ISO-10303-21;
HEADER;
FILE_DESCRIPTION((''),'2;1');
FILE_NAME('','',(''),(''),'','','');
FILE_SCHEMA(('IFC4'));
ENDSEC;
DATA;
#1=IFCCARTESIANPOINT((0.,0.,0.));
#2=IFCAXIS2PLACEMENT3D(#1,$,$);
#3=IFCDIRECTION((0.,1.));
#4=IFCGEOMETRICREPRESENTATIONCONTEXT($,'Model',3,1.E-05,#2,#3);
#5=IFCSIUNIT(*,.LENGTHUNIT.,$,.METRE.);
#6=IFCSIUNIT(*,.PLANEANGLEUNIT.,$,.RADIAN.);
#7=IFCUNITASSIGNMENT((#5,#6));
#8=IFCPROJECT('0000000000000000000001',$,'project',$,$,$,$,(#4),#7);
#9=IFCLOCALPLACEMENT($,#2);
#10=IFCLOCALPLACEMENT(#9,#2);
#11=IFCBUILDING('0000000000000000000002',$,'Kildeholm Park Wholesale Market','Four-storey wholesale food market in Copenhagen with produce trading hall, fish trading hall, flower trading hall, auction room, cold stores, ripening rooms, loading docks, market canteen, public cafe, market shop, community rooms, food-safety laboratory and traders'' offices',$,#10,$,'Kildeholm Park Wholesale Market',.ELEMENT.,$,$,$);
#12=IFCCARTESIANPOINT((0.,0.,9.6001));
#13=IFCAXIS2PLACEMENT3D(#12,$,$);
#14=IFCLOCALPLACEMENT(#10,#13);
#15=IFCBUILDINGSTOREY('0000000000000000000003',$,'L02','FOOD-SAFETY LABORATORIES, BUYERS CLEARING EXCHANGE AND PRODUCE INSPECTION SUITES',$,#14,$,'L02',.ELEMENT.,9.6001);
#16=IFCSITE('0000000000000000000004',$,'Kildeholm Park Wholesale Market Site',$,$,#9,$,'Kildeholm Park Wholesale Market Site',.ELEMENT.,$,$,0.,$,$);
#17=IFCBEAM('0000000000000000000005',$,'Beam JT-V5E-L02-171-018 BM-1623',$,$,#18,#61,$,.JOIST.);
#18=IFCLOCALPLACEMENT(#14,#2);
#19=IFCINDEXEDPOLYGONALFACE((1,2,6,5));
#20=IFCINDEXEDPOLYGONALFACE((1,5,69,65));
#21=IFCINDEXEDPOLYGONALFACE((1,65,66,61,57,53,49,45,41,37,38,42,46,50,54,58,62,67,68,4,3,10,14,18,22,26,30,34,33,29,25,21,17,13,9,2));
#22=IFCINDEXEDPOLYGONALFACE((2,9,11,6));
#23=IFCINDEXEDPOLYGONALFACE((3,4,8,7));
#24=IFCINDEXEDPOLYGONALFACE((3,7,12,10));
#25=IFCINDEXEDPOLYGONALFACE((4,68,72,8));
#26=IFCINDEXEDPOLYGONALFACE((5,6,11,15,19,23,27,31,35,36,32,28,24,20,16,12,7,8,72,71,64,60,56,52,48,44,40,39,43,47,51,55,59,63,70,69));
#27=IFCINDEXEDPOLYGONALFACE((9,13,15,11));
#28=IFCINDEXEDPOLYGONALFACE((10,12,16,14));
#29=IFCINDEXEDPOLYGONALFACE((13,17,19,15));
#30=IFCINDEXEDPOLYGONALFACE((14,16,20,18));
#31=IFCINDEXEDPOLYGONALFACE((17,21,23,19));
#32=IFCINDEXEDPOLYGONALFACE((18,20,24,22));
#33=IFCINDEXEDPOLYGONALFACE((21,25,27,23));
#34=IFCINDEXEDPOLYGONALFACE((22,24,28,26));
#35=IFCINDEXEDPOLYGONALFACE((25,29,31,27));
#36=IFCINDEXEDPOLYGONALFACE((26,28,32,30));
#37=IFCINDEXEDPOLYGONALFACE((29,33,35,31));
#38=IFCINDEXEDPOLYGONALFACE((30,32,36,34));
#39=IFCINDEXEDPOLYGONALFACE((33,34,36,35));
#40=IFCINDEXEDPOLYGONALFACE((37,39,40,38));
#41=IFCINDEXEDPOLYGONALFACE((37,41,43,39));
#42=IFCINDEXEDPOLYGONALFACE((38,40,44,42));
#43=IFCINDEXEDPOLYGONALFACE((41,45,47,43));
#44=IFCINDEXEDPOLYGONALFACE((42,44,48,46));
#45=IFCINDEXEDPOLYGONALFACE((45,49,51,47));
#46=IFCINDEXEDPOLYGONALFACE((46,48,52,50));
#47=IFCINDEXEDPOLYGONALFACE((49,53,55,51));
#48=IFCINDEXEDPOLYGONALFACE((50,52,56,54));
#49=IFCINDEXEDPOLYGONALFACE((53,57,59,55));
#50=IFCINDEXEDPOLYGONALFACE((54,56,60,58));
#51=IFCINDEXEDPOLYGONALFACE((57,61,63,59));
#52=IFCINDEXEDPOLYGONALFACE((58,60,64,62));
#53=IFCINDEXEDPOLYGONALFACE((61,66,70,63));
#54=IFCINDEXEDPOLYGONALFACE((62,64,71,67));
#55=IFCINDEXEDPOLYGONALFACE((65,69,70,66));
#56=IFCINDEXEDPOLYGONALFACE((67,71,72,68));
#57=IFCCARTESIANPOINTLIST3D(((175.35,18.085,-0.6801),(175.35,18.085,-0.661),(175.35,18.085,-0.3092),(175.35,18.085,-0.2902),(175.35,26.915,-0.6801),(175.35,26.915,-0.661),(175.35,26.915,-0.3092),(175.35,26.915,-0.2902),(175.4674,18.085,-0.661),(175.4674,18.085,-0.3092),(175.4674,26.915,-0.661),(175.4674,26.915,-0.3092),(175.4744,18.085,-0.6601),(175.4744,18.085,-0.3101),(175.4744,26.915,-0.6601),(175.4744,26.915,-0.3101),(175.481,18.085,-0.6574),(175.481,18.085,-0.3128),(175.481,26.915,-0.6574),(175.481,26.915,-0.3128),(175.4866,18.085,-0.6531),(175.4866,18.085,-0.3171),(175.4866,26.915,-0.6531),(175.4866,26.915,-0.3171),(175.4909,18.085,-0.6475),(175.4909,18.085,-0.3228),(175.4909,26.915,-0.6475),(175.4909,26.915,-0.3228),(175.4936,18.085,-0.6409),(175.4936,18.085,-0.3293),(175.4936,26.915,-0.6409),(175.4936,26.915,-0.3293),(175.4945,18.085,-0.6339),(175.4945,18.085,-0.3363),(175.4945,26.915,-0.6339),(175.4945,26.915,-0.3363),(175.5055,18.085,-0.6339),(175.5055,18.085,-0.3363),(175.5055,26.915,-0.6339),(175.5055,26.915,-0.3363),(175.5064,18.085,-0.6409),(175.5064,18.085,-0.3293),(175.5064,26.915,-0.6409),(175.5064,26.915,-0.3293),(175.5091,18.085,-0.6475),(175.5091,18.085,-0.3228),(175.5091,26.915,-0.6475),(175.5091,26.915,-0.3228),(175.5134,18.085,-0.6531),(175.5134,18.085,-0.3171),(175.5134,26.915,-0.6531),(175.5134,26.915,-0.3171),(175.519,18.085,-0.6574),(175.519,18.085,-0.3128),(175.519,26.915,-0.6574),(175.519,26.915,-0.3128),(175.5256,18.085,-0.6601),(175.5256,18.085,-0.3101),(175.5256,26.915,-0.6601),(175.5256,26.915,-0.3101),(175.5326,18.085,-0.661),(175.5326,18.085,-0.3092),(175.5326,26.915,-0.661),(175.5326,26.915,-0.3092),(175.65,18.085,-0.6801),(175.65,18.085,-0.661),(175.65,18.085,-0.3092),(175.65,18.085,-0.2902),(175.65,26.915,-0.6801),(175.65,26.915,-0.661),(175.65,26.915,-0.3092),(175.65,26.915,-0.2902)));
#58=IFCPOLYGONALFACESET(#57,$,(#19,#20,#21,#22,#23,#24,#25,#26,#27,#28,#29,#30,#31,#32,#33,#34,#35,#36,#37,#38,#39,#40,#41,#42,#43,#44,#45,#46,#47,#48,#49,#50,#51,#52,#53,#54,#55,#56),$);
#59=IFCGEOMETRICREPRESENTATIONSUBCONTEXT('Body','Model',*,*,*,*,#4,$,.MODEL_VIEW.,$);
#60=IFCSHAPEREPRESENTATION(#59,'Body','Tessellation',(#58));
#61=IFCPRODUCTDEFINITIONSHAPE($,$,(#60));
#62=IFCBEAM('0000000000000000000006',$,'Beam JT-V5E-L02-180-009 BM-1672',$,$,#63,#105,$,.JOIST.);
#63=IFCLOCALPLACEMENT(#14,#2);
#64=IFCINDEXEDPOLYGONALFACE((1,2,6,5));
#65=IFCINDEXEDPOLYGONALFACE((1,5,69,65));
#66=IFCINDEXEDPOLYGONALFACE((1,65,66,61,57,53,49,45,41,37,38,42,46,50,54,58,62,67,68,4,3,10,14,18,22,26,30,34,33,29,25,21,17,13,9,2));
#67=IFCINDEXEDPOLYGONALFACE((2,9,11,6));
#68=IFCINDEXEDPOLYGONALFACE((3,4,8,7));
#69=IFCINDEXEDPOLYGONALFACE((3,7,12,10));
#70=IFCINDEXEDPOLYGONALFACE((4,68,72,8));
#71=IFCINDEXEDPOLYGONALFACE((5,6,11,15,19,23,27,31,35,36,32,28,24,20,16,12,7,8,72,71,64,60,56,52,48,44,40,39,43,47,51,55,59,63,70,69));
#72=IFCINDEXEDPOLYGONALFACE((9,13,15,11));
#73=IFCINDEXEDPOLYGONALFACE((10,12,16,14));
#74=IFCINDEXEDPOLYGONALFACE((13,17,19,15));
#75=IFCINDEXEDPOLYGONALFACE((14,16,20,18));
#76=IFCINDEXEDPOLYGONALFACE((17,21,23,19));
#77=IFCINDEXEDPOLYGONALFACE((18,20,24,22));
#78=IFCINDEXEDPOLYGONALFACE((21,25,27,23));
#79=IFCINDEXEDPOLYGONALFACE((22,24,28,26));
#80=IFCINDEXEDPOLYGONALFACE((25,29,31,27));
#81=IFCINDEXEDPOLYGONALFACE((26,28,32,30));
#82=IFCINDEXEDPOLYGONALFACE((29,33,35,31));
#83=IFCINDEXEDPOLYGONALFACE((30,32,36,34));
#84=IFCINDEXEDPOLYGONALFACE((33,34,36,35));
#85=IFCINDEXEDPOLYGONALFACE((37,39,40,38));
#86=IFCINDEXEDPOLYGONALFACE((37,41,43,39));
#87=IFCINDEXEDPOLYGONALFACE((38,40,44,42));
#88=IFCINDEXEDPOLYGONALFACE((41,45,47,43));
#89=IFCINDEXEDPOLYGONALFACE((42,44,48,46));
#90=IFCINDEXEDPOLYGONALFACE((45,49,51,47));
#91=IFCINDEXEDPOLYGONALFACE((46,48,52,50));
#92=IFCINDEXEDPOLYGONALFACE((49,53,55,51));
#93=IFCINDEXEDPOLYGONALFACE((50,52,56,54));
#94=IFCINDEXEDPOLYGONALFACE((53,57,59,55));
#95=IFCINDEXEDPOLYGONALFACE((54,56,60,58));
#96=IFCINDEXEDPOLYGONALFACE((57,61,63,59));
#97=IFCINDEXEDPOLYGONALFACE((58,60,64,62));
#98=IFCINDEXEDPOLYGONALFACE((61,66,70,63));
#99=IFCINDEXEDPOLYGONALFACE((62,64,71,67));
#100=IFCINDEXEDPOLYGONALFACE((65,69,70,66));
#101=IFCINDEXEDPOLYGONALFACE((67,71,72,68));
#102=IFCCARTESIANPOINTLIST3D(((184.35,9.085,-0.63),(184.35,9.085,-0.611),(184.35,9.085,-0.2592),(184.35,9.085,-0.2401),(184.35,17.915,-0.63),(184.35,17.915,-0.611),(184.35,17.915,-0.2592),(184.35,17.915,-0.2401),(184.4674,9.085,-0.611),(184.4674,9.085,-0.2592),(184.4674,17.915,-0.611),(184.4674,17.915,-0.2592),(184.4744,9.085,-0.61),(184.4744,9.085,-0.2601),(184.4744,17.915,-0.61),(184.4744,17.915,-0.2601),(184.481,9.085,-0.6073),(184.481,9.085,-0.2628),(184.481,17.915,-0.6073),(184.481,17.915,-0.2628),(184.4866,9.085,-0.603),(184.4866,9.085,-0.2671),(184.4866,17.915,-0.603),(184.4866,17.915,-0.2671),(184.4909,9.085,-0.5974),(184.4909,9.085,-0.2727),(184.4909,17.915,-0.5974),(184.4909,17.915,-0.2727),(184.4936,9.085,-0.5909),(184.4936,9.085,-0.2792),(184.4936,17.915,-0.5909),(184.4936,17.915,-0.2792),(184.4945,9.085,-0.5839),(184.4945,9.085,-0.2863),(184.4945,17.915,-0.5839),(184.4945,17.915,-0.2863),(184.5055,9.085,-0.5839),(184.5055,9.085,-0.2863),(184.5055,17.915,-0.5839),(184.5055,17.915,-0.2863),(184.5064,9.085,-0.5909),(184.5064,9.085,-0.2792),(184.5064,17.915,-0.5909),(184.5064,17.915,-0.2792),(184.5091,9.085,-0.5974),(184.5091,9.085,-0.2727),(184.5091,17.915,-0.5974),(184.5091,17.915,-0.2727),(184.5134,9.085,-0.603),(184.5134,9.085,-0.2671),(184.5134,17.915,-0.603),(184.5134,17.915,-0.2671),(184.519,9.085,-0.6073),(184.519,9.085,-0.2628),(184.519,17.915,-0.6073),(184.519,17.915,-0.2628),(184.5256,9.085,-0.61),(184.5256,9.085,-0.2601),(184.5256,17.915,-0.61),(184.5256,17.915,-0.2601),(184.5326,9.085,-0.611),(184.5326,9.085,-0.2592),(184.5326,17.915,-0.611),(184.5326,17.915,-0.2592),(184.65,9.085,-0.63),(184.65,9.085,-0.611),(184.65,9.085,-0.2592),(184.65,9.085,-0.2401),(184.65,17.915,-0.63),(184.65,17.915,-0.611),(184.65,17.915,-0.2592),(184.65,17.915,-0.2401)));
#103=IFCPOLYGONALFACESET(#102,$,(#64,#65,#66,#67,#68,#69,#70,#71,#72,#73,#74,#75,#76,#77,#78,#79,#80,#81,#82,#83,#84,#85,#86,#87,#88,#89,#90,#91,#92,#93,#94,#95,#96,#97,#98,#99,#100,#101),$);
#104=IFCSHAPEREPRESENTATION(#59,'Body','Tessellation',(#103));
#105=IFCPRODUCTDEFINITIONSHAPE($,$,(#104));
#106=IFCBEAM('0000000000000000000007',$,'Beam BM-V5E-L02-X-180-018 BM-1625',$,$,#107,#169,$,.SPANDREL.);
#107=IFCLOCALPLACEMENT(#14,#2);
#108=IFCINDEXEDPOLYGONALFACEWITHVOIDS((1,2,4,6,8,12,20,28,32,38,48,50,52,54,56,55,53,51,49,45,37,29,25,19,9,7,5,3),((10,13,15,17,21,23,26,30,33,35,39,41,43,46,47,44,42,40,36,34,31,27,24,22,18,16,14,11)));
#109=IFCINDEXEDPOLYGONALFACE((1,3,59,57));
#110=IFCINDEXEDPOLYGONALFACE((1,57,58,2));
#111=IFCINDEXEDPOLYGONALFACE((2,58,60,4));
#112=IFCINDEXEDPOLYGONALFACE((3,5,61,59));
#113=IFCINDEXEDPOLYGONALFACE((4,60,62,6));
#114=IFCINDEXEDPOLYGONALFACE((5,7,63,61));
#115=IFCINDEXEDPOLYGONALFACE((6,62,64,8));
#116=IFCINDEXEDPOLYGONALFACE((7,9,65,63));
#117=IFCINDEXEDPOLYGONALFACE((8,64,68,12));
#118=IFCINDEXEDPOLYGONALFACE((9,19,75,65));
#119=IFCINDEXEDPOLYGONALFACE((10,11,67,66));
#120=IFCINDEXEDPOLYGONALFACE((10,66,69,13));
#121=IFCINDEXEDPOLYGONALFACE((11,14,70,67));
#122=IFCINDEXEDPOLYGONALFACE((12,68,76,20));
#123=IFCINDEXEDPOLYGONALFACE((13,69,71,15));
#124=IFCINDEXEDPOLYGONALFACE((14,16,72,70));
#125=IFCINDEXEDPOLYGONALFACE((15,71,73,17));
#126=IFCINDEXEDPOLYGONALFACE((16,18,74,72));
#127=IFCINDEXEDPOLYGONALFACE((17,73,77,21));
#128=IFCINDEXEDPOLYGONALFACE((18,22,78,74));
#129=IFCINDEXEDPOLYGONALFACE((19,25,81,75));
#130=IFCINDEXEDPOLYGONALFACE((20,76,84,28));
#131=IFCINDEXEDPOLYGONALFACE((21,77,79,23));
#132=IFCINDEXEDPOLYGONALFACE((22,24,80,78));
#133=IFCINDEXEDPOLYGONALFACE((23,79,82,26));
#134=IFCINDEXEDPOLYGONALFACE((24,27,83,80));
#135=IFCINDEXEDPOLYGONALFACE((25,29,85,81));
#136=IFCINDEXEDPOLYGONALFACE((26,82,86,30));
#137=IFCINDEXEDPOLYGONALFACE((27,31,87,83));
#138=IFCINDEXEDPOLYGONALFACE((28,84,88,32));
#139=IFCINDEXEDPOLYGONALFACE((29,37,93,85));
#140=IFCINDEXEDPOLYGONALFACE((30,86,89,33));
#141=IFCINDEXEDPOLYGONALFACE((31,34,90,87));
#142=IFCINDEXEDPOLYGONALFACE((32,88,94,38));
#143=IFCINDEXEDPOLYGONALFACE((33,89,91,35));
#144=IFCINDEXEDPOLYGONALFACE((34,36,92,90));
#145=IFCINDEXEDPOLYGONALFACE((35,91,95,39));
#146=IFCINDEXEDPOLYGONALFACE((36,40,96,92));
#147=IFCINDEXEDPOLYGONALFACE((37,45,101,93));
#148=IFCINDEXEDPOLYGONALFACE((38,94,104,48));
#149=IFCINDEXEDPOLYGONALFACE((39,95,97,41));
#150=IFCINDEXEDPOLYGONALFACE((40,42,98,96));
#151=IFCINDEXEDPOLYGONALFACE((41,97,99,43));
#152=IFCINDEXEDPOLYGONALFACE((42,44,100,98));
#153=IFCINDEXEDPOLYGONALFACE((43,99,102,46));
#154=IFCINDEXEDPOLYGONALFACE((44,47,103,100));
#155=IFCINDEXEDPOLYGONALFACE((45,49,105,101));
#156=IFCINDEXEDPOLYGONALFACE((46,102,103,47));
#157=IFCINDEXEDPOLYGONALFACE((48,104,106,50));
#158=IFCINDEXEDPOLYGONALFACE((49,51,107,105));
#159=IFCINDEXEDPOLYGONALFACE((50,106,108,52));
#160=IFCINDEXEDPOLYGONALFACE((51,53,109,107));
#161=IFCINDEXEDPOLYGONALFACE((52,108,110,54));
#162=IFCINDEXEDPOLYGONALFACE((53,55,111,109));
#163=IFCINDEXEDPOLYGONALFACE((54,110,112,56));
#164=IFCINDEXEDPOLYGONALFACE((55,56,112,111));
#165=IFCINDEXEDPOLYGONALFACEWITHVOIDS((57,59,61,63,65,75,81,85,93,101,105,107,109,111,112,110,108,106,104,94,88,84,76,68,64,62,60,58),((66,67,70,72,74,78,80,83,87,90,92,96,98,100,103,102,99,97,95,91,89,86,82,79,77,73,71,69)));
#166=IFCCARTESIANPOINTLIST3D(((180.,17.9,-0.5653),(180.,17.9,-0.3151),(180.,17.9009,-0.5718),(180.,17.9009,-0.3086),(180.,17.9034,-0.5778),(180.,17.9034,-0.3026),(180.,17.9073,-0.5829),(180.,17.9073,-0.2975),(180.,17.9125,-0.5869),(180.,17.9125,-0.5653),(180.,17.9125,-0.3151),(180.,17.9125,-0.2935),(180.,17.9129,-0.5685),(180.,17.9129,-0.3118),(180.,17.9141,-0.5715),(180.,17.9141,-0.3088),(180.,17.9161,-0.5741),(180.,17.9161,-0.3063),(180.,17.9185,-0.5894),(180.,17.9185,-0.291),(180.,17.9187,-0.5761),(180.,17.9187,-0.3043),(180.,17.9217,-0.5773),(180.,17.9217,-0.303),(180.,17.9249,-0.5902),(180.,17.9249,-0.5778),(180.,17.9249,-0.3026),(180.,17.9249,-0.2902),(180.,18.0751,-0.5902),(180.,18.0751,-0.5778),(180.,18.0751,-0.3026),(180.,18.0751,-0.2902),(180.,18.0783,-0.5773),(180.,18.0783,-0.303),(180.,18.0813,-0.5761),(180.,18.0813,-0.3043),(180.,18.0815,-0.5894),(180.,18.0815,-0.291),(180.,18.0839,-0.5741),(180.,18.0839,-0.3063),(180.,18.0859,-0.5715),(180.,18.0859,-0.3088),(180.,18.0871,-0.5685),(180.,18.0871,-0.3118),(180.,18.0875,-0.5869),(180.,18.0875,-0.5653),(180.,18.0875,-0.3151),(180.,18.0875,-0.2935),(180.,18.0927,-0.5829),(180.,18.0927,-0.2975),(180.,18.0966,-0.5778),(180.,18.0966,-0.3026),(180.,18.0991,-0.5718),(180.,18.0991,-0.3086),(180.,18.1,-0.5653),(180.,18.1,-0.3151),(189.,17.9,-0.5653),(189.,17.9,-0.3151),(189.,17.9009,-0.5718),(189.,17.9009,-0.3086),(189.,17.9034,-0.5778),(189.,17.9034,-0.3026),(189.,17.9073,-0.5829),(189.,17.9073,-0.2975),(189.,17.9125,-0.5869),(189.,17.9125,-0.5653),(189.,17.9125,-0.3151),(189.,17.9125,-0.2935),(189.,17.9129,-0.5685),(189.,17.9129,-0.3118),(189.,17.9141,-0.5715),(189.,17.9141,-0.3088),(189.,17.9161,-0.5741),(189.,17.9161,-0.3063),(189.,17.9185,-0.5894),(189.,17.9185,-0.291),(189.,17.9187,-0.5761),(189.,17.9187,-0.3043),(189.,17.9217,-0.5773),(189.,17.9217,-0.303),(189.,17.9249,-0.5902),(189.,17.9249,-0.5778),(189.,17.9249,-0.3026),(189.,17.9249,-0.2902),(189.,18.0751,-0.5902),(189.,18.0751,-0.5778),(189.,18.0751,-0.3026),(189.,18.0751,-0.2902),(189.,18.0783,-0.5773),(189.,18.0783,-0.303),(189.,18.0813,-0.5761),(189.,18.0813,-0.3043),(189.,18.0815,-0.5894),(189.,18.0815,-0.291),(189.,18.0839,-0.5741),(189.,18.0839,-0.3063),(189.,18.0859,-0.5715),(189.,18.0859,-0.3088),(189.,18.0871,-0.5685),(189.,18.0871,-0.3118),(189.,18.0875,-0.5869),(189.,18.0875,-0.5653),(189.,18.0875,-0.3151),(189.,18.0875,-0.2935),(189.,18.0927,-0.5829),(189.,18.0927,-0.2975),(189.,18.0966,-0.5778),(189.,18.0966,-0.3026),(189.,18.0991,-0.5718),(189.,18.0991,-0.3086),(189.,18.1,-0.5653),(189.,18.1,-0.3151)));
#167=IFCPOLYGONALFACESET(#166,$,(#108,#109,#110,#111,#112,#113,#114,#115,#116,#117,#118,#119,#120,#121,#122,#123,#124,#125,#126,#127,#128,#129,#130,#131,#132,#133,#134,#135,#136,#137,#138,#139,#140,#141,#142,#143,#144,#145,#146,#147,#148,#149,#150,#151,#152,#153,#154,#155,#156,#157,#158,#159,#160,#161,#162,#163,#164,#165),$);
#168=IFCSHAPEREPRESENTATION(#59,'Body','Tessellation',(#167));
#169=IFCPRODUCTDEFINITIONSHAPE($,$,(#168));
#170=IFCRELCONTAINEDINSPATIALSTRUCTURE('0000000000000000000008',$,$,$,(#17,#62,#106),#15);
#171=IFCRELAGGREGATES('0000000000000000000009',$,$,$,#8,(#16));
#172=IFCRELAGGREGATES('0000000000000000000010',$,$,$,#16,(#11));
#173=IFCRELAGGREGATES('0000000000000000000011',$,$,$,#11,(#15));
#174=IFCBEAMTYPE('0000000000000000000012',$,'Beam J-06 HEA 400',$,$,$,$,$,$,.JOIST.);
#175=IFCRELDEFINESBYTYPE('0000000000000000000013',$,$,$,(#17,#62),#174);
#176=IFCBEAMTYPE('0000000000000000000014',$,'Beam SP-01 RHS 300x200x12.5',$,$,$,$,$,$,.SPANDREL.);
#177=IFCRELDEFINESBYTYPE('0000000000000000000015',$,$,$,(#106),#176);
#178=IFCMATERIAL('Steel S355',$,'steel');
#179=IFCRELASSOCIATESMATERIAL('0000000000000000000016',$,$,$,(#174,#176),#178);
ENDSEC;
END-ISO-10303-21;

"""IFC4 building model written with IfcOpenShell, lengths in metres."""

from ifc_helpers import new_model, si_unit, direction, frame, origin, origin_2d, place, context, subcontext, project, spatial, hollow_rectangle, i_section, extrude, material, material_profile, profile_set, type_object, element, save


model = new_model("IFC4")

# Units and contexts
model_context = context("Model", 3, precision=1e-05, world=origin(), true_north=direction((0.0, 1.0)))
body_context = subcontext(model_context, "Body", "Model", "MODEL_VIEW")
ifc_project = project(units=[si_unit("LENGTHUNIT", "METRE"), si_unit("PLANEANGLEUNIT", "RADIAN")], contexts=[model_context])

# Site, building, storey
site_placement = place(None, origin())
site = spatial("IfcSite", under=ifc_project, at=site_placement, Name="Kildeholm Park Wholesale Market Site", LongName="Kildeholm Park Wholesale Market Site", CompositionType="ELEMENT", RefElevation=0.0)
building_placement = place(site_placement, origin())
building = spatial("IfcBuilding", under=site, at=building_placement, Name="Kildeholm Park Wholesale Market", Description="Four-storey wholesale food market in Copenhagen with produce trading hall, fish trading hall, flower trading hall, auction room, cold stores, ripening rooms, loading docks, market canteen, public cafe, market shop, community rooms, food-safety laboratory and traders' offices", LongName="Kildeholm Park Wholesale Market", CompositionType="ELEMENT")
storey_placement = place(building_placement, frame((0.0, 0.0, 9.6001)))
storey = spatial("IfcBuildingStorey", under=building, at=storey_placement, Name="L02", Description="FOOD-SAFETY LABORATORIES, BUYERS CLEARING EXCHANGE AND PRODUCE INSPECTION SUITES", LongName="L02", CompositionType="ELEMENT", Elevation=9.6001)

# Shared definitions
ifc_material_1 = material(Name="Steel S355", Category="steel")

# Beams
ifc_material_profile_1 = material_profile(ifc_material_1, i_section(OverallWidth=0.3, OverallDepth=0.3899, WebThickness=0.011, FlangeThickness=0.019, FilletRadius=0.0271, at=origin_2d()), Name="HEA 400")
ifc_profile_set_1 = profile_set([ifc_material_profile_1], Name="Steel S355")
beam_type_1 = type_object("IfcBeamType", Name="Beam J-06 HEA 400", PredefinedType="JOIST", material=ifc_profile_set_1)
for number, where, z_axis, x_axis, name in (
    (1, (175.5, 18.085, -0.4851), (0.0, 1.0, 0.0), (-1.0, 0.0, 0.0), "Beam JT-V5E-L02-171-018 BM-1623"),
    (2, (184.5, 9.085, -0.4351), (0.0, 1.0, 0.0), (-1.0, 0.0, 0.0), "Beam JT-V5E-L02-180-009 BM-1672"),
):
    element("IfcBeam", number, at=place(storey_placement, frame(where, z_axis=z_axis, x_axis=x_axis)), inside=storey, type_object=beam_type_1, Name=name, PredefinedType="JOIST", context=body_context, shape_type="SweptSolid", body=[
        extrude(i_section(OverallWidth=0.3, OverallDepth=0.3899, WebThickness=0.011, FlangeThickness=0.019, FilletRadius=0.0271, at=origin_2d()), origin(), (0.0, 0.0, 1.0), 8.8301),
    ])
ifc_material_profile_2 = material_profile(ifc_material_1, hollow_rectangle(XDim=0.2, YDim=0.3, WallThickness=0.0125, InnerFilletRadius=0.0125, OuterFilletRadius=0.0249, at=origin_2d()), Name="RHS 300x200x12.5")
ifc_profile_set_2 = profile_set([ifc_material_profile_2], Name="Steel S355")
beam_type_2 = type_object("IfcBeamType", Name="Beam SP-01 RHS 300x200x12.5", PredefinedType="SPANDREL", material=ifc_profile_set_2)
beam_1_placement = place(storey_placement, frame((180.0, 18.0, -0.4402), z_axis=(1.0, 0.0, 0.0), x_axis=(0.0, 1.0, 0.0)))
element("IfcBeam", 3, at=beam_1_placement, inside=storey, type_object=beam_type_2, Name="Beam BM-V5E-L02-X-180-018 BM-1625", PredefinedType="SPANDREL", context=body_context, shape_type="SweptSolid", body=[
    extrude(hollow_rectangle(XDim=0.2, YDim=0.3, WallThickness=0.0125, InnerFilletRadius=0.0125, OuterFilletRadius=0.0249, at=origin_2d()), origin(), (0.0, 0.0, 1.0), 9.0),
])

save(model, "model.ifc")
